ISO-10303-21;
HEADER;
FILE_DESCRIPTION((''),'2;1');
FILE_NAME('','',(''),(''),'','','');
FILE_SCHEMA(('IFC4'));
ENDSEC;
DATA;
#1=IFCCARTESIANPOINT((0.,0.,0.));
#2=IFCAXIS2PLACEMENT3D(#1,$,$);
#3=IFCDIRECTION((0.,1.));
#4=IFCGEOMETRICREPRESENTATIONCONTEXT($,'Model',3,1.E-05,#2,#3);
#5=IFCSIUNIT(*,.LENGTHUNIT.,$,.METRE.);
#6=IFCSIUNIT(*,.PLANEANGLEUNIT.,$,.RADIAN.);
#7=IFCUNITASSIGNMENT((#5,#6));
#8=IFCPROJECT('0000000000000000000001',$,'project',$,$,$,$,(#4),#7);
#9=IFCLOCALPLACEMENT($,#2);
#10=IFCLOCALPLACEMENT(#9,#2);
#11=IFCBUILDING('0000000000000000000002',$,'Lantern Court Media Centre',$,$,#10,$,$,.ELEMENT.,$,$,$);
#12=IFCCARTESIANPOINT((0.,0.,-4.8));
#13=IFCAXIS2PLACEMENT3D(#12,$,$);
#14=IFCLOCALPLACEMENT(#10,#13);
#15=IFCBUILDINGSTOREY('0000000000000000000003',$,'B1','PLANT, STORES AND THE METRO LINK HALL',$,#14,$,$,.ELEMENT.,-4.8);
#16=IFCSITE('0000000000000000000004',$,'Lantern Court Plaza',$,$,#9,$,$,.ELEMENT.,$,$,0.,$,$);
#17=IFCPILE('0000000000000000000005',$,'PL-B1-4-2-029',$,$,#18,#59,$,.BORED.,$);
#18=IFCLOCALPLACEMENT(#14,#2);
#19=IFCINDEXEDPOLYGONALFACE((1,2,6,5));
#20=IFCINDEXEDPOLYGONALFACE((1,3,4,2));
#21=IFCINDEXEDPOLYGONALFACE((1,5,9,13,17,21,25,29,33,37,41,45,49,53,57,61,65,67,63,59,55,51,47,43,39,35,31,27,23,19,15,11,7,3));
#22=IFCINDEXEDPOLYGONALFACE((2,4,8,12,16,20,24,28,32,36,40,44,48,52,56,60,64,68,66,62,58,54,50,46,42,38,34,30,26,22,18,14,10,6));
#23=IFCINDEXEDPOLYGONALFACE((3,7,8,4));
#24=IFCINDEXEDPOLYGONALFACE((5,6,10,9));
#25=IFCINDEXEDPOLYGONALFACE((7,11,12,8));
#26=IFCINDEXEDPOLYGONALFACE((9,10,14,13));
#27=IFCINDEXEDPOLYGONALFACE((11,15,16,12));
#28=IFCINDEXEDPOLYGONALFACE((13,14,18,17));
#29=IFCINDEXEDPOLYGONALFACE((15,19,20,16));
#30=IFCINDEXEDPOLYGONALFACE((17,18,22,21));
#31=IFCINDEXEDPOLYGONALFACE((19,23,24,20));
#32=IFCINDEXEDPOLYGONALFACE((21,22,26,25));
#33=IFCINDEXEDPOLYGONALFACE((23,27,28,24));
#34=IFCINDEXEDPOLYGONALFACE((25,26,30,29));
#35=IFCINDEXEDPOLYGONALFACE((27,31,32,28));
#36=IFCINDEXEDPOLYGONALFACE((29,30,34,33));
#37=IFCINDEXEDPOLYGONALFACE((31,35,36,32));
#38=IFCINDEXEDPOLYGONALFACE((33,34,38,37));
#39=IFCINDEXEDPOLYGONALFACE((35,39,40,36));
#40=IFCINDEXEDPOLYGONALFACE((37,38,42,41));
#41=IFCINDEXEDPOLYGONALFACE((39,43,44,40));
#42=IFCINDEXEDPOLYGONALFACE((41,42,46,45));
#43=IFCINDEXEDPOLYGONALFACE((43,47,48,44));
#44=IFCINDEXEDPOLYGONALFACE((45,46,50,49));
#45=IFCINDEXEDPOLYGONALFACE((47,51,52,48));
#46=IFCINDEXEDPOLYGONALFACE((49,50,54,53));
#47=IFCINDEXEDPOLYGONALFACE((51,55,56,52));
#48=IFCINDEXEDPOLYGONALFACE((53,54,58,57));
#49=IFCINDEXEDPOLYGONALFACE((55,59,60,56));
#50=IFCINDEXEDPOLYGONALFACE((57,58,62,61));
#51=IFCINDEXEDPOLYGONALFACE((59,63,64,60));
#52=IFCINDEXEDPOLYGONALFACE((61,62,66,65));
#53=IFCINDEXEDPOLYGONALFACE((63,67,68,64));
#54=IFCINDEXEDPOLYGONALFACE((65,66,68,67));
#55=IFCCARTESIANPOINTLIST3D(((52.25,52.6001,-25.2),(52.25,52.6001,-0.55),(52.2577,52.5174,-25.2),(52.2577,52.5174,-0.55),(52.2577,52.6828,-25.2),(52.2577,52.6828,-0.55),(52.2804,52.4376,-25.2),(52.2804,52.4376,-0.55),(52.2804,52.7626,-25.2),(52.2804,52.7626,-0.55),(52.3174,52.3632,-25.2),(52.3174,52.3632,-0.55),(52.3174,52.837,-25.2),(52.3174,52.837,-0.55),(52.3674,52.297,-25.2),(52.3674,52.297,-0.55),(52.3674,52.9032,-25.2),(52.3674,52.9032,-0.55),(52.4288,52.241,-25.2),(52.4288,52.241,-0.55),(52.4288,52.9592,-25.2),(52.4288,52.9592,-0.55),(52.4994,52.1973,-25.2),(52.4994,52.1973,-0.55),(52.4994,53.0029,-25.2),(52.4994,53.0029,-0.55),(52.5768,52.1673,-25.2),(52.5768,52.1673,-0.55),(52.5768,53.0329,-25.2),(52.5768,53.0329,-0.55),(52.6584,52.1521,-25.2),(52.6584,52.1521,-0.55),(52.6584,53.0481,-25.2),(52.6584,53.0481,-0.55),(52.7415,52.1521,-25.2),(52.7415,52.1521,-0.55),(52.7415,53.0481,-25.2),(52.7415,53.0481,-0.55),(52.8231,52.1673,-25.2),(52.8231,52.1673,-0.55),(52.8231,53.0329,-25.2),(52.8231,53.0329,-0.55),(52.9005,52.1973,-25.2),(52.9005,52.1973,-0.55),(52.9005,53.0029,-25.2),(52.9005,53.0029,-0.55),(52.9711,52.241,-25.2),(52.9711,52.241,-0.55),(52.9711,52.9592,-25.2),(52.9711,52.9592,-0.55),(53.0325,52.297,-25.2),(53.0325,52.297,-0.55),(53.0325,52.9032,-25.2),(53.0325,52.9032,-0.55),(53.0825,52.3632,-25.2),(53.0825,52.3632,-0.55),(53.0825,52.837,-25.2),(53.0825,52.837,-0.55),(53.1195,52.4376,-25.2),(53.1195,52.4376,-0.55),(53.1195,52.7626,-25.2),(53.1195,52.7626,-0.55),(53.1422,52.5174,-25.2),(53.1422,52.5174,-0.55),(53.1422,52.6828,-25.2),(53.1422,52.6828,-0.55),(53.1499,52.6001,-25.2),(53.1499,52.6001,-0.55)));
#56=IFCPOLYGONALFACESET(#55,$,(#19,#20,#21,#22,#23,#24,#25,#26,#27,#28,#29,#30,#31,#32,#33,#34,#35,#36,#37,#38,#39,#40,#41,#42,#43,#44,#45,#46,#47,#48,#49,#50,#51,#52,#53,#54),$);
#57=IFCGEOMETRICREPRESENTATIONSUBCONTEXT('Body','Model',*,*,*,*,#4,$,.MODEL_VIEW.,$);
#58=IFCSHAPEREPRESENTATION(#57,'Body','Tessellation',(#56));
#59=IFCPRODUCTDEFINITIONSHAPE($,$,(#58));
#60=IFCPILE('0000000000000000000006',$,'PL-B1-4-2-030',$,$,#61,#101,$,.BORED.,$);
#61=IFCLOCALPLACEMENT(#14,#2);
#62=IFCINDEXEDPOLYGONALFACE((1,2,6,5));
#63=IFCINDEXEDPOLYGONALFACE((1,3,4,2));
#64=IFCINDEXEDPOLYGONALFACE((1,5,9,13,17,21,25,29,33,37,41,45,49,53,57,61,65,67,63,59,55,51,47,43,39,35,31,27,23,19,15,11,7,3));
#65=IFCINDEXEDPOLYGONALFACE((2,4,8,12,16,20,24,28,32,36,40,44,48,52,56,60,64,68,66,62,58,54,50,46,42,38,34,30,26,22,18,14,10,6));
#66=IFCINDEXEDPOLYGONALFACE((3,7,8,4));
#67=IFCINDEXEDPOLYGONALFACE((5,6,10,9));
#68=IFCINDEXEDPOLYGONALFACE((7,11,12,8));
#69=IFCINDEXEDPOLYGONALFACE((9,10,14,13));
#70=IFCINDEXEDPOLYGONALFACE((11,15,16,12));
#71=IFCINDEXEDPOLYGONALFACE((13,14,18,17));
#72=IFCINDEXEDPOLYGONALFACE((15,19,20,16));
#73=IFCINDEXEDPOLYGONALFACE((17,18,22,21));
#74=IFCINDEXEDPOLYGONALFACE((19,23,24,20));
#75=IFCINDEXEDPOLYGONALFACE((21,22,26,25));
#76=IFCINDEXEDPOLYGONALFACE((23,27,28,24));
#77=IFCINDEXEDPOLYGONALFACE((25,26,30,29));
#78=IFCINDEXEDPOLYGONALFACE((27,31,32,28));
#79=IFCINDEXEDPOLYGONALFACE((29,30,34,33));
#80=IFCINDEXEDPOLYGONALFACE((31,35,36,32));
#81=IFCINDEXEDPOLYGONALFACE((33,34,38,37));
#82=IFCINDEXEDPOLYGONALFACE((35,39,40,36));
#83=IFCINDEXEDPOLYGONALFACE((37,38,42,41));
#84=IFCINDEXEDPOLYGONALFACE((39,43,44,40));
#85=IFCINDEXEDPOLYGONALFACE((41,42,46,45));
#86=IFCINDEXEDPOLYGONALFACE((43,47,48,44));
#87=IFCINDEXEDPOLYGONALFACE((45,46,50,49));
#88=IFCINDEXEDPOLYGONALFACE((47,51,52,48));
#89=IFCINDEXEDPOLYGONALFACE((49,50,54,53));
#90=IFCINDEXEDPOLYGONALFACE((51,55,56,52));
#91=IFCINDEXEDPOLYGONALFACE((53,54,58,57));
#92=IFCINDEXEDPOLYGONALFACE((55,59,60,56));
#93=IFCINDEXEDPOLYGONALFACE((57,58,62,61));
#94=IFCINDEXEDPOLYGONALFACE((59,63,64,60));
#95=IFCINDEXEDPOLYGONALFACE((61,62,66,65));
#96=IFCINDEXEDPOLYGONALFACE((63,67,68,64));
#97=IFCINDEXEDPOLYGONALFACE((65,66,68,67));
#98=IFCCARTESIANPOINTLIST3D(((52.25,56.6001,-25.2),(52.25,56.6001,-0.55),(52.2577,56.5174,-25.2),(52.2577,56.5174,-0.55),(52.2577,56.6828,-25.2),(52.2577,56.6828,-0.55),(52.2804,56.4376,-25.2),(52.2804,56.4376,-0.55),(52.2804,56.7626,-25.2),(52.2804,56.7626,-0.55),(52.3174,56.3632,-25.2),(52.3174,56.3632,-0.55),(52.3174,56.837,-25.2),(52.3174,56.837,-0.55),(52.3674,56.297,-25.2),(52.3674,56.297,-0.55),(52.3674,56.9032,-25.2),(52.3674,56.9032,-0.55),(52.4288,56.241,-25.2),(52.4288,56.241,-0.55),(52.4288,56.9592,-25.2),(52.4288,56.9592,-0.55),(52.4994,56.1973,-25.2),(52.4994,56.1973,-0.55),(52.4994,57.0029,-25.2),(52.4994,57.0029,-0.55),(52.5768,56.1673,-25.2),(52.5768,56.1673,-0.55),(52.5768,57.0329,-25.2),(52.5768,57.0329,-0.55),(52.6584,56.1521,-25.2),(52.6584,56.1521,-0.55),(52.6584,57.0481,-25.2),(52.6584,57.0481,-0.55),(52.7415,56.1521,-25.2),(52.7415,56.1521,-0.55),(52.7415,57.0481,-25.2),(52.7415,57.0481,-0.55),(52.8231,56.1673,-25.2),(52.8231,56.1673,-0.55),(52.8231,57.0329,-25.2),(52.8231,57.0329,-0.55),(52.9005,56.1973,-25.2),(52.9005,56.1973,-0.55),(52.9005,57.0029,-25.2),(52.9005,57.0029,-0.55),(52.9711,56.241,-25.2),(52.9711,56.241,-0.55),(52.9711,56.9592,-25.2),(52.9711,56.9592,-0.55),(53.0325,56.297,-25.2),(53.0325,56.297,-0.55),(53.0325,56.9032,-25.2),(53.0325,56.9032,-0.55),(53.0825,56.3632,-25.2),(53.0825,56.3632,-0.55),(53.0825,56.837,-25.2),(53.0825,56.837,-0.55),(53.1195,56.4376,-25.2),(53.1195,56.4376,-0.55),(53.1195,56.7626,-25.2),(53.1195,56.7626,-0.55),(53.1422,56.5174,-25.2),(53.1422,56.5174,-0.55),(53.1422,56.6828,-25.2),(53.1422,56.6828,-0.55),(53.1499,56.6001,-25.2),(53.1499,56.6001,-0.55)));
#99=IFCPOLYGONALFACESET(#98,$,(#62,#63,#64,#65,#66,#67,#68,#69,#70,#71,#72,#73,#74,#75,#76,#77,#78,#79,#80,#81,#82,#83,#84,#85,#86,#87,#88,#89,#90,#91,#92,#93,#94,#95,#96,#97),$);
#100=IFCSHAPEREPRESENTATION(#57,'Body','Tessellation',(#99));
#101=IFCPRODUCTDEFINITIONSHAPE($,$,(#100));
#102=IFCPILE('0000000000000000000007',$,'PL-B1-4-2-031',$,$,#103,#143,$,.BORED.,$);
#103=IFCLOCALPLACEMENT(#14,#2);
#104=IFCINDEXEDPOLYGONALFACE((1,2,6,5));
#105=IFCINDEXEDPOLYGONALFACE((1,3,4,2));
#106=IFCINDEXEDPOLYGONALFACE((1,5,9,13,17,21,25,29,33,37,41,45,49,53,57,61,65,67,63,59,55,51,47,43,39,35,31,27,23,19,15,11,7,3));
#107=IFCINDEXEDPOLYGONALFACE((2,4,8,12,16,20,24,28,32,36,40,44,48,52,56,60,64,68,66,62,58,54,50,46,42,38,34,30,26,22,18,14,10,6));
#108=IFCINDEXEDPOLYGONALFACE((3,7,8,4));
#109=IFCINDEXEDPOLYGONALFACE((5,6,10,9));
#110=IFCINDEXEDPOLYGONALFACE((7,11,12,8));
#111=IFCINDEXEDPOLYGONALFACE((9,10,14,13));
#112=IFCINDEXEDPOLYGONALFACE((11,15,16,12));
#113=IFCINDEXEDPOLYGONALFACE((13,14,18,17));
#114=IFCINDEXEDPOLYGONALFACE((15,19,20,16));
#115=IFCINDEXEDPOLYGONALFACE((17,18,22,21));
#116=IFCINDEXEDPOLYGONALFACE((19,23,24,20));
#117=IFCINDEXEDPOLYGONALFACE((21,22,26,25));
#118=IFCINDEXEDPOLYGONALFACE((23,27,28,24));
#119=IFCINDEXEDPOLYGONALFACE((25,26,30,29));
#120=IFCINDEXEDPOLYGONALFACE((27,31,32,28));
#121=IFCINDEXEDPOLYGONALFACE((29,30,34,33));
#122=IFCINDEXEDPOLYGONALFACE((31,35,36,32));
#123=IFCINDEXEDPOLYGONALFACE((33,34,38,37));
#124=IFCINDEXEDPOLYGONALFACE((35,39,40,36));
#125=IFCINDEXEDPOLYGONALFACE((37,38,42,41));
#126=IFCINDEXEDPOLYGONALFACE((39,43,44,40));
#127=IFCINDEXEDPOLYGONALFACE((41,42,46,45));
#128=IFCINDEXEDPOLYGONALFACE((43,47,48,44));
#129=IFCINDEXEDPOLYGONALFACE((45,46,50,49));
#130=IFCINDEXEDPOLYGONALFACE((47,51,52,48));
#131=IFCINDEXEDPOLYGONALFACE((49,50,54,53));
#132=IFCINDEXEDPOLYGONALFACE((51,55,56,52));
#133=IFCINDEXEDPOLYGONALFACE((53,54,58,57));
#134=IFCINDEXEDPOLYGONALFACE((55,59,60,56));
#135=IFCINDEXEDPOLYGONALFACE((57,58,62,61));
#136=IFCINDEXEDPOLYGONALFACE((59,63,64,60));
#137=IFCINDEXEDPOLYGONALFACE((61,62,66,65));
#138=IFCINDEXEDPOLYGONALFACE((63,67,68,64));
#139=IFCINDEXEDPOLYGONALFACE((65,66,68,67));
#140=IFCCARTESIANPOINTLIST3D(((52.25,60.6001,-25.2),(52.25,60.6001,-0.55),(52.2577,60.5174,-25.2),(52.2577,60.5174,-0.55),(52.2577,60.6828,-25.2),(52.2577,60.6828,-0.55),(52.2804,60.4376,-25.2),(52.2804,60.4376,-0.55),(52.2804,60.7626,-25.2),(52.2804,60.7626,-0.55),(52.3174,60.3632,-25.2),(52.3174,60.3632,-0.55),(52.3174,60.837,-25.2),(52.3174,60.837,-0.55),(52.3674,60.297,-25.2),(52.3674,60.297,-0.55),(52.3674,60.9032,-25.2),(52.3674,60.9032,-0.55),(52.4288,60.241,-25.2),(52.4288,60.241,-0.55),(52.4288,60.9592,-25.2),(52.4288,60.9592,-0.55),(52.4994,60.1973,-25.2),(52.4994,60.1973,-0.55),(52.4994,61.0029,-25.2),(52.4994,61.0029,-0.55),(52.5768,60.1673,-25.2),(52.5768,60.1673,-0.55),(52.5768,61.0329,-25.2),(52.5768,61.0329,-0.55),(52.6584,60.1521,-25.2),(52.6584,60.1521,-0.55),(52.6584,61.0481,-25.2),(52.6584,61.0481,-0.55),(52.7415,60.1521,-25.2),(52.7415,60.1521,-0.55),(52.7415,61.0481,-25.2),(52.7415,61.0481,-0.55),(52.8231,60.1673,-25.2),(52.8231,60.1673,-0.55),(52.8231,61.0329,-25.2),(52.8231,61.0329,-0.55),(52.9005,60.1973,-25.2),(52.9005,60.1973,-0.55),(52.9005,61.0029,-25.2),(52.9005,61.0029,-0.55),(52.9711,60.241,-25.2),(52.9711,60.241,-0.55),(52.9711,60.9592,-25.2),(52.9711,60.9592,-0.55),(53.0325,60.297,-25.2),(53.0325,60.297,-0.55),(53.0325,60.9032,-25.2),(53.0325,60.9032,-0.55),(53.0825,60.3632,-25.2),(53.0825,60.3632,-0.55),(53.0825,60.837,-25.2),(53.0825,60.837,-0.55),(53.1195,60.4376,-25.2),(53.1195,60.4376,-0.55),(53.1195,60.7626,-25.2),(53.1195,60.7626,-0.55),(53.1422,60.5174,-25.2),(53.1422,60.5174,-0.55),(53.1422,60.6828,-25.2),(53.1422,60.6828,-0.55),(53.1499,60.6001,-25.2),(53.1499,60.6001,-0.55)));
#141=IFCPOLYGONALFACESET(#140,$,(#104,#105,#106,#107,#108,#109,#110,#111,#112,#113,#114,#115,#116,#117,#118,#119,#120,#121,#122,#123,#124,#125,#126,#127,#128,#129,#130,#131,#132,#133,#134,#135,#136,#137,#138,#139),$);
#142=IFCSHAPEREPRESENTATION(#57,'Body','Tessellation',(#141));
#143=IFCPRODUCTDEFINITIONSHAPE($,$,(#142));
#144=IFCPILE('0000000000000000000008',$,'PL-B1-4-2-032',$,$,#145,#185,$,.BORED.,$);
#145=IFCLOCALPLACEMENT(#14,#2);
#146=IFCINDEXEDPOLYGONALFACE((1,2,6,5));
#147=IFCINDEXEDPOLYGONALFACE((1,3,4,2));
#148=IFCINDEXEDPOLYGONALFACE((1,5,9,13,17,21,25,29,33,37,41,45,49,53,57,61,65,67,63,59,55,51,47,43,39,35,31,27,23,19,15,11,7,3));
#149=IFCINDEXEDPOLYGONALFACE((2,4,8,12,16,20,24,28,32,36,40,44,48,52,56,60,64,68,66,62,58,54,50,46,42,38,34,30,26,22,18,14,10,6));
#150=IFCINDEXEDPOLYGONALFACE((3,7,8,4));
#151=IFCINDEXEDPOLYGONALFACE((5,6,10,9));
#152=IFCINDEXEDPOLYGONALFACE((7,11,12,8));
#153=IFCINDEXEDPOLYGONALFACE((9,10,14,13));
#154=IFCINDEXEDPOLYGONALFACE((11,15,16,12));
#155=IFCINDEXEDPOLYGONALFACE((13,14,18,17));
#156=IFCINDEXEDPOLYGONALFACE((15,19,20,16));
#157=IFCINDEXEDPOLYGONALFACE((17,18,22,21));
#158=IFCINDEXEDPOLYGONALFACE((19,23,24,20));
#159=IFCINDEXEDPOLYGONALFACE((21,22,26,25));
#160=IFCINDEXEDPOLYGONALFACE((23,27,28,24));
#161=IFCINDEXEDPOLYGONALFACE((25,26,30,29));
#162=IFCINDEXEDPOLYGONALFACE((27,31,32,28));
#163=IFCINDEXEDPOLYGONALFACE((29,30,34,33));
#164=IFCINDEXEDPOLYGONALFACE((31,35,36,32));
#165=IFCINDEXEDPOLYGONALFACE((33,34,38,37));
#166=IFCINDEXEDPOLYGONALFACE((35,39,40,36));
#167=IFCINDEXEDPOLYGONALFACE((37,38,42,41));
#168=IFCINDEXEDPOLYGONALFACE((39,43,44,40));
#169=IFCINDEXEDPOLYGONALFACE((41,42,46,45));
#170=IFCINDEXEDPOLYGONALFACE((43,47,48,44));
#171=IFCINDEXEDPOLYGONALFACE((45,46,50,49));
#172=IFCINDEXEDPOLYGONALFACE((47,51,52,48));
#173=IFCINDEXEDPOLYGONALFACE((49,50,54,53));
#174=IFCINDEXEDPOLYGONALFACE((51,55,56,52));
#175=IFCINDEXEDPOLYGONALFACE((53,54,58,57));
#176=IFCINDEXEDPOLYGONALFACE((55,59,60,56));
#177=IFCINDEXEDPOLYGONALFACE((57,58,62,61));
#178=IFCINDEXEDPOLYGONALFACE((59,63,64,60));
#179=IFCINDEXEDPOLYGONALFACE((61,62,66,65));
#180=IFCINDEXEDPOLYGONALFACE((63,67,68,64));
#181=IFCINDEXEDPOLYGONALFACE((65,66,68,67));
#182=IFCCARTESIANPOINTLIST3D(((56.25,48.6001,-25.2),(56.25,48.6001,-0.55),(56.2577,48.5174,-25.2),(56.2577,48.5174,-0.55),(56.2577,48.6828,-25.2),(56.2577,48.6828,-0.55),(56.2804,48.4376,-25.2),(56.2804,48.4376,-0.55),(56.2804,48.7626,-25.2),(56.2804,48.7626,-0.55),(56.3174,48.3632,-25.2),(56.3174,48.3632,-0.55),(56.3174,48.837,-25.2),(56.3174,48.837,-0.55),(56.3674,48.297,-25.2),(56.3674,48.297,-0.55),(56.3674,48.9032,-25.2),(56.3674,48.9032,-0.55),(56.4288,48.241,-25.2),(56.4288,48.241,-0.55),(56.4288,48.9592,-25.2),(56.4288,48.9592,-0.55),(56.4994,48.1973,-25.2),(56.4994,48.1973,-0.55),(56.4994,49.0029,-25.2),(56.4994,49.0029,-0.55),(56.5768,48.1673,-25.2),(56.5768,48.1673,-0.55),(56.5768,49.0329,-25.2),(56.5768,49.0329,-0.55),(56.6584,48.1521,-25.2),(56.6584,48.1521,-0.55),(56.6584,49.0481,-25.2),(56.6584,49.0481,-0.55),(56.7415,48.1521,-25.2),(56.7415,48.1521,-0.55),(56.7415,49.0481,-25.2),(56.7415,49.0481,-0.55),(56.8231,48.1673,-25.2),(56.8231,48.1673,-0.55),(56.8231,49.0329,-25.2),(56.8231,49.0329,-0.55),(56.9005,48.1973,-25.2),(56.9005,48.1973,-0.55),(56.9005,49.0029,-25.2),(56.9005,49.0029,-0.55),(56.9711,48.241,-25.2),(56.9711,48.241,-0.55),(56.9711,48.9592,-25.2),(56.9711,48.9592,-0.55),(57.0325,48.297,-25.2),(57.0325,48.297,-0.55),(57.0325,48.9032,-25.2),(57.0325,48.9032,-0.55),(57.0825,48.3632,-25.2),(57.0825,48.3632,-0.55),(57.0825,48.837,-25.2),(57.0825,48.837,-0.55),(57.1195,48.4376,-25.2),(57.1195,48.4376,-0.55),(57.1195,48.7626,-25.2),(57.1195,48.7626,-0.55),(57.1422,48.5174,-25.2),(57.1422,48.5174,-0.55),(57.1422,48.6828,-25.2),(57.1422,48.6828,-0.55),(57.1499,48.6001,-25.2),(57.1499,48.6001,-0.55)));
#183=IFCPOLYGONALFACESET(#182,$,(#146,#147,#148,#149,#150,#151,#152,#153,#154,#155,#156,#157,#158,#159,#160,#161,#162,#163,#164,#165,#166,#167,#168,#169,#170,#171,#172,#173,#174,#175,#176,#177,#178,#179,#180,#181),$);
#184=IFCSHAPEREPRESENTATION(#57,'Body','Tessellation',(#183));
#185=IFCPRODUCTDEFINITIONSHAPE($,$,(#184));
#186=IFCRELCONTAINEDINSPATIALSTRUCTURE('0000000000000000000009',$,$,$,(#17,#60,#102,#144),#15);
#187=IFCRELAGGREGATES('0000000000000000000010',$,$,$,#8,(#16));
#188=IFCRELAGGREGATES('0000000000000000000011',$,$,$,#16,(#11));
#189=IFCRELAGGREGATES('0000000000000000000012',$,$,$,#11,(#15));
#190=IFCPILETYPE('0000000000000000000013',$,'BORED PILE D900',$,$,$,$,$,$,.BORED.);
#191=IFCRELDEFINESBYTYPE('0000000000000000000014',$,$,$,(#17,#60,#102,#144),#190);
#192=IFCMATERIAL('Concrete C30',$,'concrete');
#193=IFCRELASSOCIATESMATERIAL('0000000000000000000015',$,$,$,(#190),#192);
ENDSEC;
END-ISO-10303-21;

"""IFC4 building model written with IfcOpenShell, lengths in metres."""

from ifc_helpers import new_model, si_unit, direction, frame, origin, origin_2d, place, context, subcontext, project, spatial, circle, extrude, material, material_profile, profile_set, type_object, element, save


model = new_model("IFC4")

# Units and contexts
model_context = context("Model", 3, precision=1e-05, world=origin(), true_north=direction((0.0, 1.0)))
body_context = subcontext(model_context, "Body", "Model", "MODEL_VIEW")
ifc_project = project(units=[si_unit("LENGTHUNIT", "METRE"), si_unit("PLANEANGLEUNIT", "RADIAN")], contexts=[model_context])

# Site, building, storey
site_placement = place(None, origin())
site = spatial("IfcSite", under=ifc_project, at=site_placement, Name="Lantern Court Plaza", CompositionType="ELEMENT", RefElevation=0.0)
building_placement = place(site_placement, origin())
building = spatial("IfcBuilding", under=site, at=building_placement, Name="Lantern Court Media Centre", CompositionType="ELEMENT")
storey_placement = place(building_placement, frame((0.0, 0.0, -4.8)))
storey = spatial("IfcBuildingStorey", under=building, at=storey_placement, Name="B1", Description="PLANT, STORES AND THE METRO LINK HALL", CompositionType="ELEMENT", Elevation=-4.8)

# Piles
ifc_material_1 = material(Name="Concrete C30", Category="concrete")
ifc_material_profile_1 = material_profile(ifc_material_1, circle(Radius=0.45, at=origin_2d()), Name="D900")
ifc_profile_set_1 = profile_set([ifc_material_profile_1], Name="Concrete C30")
pile_type = type_object("IfcPileType", Name="BORED PILE D900", PredefinedType="BORED", material=ifc_profile_set_1)
for number, where, z_axis, x_axis, name in (
    (1, (52.7, 52.6001, -0.55), (0.0, 0.0, -1.0), (1.0, 0.0, 0.0), "PL-B1-4-2-029"),
    (2, (52.7, 56.6001, -0.55), (0.0, 0.0, -1.0), (1.0, 0.0, 0.0), "PL-B1-4-2-030"),
    (3, (52.7, 60.6001, -0.55), (0.0, 0.0, -1.0), (1.0, 0.0, 0.0), "PL-B1-4-2-031"),
    (4, (56.7, 48.6001, -0.55), (0.0, 0.0, -1.0), (1.0, 0.0, 0.0), "PL-B1-4-2-032"),
):
    element("IfcPile", number, at=place(storey_placement, frame(where, z_axis=z_axis, x_axis=x_axis)), inside=storey, type_object=pile_type, Name=name, PredefinedType="BORED", context=body_context, shape_type="SweptSolid", body=[
        extrude(circle(Radius=0.45, at=origin_2d()), origin(), (0.0, 0.0, 1.0), 24.6499),
    ])

save(model, "model.ifc")
